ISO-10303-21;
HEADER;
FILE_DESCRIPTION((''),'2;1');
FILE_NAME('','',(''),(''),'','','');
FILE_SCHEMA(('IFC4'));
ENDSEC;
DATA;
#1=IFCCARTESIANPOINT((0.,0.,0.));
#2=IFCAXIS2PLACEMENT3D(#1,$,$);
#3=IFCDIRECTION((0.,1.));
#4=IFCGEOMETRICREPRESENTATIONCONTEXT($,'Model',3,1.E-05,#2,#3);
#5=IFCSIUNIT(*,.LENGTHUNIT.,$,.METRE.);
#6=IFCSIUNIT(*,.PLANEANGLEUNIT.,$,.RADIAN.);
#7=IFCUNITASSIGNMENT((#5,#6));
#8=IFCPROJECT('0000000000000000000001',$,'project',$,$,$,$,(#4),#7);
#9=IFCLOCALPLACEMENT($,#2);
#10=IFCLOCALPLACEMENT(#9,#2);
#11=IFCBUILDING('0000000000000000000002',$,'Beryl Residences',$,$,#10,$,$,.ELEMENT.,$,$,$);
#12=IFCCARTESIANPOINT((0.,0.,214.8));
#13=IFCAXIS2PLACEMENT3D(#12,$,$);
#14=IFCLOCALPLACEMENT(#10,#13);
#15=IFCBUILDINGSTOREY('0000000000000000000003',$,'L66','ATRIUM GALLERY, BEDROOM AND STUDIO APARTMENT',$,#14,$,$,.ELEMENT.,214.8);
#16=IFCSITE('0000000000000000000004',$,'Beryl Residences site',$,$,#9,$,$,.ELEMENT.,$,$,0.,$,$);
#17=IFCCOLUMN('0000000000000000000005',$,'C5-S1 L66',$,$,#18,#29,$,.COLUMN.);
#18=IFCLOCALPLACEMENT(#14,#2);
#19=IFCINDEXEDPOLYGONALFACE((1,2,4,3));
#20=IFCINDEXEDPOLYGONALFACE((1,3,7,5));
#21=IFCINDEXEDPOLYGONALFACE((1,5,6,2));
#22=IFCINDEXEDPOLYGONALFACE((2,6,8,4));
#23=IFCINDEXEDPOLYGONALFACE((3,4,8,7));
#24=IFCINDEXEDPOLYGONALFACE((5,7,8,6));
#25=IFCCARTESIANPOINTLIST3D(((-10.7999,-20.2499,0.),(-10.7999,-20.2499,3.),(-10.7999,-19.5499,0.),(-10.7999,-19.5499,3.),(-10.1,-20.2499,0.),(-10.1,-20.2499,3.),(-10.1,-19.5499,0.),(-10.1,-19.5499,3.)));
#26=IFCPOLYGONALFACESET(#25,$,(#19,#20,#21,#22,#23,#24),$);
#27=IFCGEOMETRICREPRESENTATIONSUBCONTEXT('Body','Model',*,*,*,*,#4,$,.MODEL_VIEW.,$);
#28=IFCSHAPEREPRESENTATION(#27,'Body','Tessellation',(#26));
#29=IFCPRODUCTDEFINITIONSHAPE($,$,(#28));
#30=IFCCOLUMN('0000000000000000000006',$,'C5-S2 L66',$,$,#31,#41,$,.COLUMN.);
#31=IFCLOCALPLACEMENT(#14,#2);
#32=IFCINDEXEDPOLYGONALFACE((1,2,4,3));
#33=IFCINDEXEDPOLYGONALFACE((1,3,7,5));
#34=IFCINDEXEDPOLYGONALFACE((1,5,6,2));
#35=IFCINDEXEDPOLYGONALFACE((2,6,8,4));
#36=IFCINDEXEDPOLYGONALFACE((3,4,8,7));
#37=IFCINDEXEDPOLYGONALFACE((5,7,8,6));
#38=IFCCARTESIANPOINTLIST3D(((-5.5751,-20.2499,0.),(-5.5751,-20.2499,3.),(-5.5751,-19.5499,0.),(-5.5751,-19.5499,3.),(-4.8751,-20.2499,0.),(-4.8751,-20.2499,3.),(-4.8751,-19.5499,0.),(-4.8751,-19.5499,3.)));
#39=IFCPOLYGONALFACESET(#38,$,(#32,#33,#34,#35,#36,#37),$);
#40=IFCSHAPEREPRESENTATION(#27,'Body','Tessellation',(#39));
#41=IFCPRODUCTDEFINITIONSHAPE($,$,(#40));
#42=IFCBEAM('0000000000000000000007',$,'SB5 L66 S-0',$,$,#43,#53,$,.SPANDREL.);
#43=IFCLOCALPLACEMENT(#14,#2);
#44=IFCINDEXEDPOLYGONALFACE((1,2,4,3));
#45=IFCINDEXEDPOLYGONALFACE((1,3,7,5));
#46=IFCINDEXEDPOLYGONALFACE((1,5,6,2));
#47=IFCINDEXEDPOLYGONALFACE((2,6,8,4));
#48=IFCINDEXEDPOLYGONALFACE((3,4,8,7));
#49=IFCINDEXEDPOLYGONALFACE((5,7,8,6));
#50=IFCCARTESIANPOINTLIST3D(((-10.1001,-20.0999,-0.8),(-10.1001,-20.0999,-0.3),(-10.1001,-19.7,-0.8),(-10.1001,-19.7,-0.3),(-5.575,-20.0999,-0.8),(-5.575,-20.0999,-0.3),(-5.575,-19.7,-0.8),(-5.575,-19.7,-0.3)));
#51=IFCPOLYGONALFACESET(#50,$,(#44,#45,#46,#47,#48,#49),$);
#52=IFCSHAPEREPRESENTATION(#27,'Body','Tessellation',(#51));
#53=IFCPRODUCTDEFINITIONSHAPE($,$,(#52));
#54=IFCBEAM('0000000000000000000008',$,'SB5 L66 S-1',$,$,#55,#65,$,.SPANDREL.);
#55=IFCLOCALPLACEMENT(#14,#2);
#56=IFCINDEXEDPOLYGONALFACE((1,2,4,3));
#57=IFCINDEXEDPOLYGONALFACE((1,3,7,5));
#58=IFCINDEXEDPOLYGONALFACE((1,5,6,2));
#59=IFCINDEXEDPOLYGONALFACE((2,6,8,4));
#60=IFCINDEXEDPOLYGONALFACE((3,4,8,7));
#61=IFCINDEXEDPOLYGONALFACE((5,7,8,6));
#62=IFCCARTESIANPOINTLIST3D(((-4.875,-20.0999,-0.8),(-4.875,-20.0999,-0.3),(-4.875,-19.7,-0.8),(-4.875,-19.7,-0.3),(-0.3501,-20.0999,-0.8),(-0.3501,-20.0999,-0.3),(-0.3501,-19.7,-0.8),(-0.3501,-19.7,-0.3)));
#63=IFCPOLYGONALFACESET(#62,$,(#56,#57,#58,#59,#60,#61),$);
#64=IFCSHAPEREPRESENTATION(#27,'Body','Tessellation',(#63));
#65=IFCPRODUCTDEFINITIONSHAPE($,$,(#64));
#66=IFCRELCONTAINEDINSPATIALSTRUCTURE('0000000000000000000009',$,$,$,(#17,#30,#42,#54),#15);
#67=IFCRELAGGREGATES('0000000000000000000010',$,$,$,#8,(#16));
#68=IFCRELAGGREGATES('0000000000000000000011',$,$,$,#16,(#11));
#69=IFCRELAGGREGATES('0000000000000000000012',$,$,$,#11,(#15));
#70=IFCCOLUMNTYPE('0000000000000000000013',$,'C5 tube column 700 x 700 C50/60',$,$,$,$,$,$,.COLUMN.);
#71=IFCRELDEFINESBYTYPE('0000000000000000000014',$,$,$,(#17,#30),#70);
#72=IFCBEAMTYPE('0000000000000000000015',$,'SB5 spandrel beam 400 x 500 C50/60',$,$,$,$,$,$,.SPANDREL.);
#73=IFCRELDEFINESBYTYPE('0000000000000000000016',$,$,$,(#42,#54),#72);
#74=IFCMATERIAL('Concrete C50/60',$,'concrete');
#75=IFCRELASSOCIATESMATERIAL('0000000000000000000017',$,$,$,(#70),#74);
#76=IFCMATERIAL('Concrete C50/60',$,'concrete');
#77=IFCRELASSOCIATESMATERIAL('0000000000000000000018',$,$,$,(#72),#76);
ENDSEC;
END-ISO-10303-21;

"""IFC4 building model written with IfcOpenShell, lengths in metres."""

from ifc_helpers import new_model, si_unit, direction, frame, origin, origin_2d, place, context, subcontext, project, spatial, rectangle, extrude, material, material_profile, profile_set, type_object, element, save


model = new_model("IFC4")

# Units and contexts
model_context = context("Model", 3, precision=1e-05, world=origin(), true_north=direction((0.0, 1.0)))
body_context = subcontext(model_context, "Body", "Model", "MODEL_VIEW")
ifc_project = project(units=[si_unit("LENGTHUNIT", "METRE"), si_unit("PLANEANGLEUNIT", "RADIAN")], contexts=[model_context])

# Site, building, storey
site_placement = place(None, origin())
site = spatial("IfcSite", under=ifc_project, at=site_placement, Name="Beryl Residences site", CompositionType="ELEMENT", RefElevation=0.0)
building_placement = place(site_placement, origin())
building = spatial("IfcBuilding", under=site, at=building_placement, Name="Beryl Residences", CompositionType="ELEMENT")
storey_placement = place(building_placement, frame((0.0, 0.0, 214.8)))
storey = spatial("IfcBuildingStorey", under=building, at=storey_placement, Name="L66", Description="ATRIUM GALLERY, BEDROOM AND STUDIO APARTMENT", CompositionType="ELEMENT", Elevation=214.8)

# Columns
ifc_material_1 = material(Name="Concrete C50/60", Category="concrete")
ifc_material_profile_1 = material_profile(ifc_material_1, rectangle(XDim=0.7, YDim=0.7, at=origin_2d()))
ifc_profile_set_1 = profile_set([ifc_material_profile_1], Name="Concrete C50/60")
column_type = type_object("IfcColumnType", Name="C5 tube column 700 x 700 C50/60", PredefinedType="COLUMN", material=ifc_profile_set_1)
for number, where, z_axis, x_axis, name in (
    (1, (-10.45, -19.8999, 0.0), (0.0, 0.0, 1.0), (1.0, 0.0, 0.0), "C5-S1 L66"),
    (2, (-5.2251, -19.8999, 0.0), (0.0, 0.0, 1.0), (1.0, 0.0, 0.0), "C5-S2 L66"),
):
    element("IfcColumn", number, at=place(storey_placement, frame(where, z_axis=z_axis, x_axis=x_axis)), inside=storey, type_object=column_type, Name=name, PredefinedType="COLUMN", context=body_context, shape_type="SweptSolid", body=[
        extrude(rectangle(XDim=0.7, YDim=0.7, at=origin_2d()), origin(), (0.0, 0.0, 1.0), 3.0),
    ])

# Beams
ifc_material_2 = material(Name="Concrete C50/60", Category="concrete")
ifc_material_profile_2 = material_profile(ifc_material_2, rectangle(XDim=0.3999, YDim=0.5, at=origin_2d()))
ifc_profile_set_2 = profile_set([ifc_material_profile_2], Name="Concrete C50/60")
beam_type = type_object("IfcBeamType", Name="SB5 spandrel beam 400 x 500 C50/60", PredefinedType="SPANDREL", material=ifc_profile_set_2)
beam_1_placement = place(storey_placement, frame((-10.1001, -19.8999, -0.55), z_axis=(1.0, 0.0, 0.0), x_axis=(0.0, 1.0, 0.0)))
element("IfcBeam", 3, at=beam_1_placement, inside=storey, type_object=beam_type, Name="SB5 L66 S-0", PredefinedType="SPANDREL", context=body_context, shape_type="SweptSolid", body=[
    extrude(rectangle(XDim=0.3999, YDim=0.5, at=origin_2d()), origin(), (0.0, 0.0, 1.0), 4.5251),
])
beam_2_placement = place(storey_placement, frame((-4.875, -19.8999, -0.55), z_axis=(1.0, 0.0, 0.0), x_axis=(0.0, 1.0, 0.0)))
element("IfcBeam", 4, at=beam_2_placement, inside=storey, type_object=beam_type, Name="SB5 L66 S-1", PredefinedType="SPANDREL", context=body_context, shape_type="SweptSolid", body=[
    extrude(rectangle(XDim=0.3999, YDim=0.5, at=origin_2d()), origin(), (0.0, 0.0, 1.0), 4.5249),
])

save(model, "model.ifc")
